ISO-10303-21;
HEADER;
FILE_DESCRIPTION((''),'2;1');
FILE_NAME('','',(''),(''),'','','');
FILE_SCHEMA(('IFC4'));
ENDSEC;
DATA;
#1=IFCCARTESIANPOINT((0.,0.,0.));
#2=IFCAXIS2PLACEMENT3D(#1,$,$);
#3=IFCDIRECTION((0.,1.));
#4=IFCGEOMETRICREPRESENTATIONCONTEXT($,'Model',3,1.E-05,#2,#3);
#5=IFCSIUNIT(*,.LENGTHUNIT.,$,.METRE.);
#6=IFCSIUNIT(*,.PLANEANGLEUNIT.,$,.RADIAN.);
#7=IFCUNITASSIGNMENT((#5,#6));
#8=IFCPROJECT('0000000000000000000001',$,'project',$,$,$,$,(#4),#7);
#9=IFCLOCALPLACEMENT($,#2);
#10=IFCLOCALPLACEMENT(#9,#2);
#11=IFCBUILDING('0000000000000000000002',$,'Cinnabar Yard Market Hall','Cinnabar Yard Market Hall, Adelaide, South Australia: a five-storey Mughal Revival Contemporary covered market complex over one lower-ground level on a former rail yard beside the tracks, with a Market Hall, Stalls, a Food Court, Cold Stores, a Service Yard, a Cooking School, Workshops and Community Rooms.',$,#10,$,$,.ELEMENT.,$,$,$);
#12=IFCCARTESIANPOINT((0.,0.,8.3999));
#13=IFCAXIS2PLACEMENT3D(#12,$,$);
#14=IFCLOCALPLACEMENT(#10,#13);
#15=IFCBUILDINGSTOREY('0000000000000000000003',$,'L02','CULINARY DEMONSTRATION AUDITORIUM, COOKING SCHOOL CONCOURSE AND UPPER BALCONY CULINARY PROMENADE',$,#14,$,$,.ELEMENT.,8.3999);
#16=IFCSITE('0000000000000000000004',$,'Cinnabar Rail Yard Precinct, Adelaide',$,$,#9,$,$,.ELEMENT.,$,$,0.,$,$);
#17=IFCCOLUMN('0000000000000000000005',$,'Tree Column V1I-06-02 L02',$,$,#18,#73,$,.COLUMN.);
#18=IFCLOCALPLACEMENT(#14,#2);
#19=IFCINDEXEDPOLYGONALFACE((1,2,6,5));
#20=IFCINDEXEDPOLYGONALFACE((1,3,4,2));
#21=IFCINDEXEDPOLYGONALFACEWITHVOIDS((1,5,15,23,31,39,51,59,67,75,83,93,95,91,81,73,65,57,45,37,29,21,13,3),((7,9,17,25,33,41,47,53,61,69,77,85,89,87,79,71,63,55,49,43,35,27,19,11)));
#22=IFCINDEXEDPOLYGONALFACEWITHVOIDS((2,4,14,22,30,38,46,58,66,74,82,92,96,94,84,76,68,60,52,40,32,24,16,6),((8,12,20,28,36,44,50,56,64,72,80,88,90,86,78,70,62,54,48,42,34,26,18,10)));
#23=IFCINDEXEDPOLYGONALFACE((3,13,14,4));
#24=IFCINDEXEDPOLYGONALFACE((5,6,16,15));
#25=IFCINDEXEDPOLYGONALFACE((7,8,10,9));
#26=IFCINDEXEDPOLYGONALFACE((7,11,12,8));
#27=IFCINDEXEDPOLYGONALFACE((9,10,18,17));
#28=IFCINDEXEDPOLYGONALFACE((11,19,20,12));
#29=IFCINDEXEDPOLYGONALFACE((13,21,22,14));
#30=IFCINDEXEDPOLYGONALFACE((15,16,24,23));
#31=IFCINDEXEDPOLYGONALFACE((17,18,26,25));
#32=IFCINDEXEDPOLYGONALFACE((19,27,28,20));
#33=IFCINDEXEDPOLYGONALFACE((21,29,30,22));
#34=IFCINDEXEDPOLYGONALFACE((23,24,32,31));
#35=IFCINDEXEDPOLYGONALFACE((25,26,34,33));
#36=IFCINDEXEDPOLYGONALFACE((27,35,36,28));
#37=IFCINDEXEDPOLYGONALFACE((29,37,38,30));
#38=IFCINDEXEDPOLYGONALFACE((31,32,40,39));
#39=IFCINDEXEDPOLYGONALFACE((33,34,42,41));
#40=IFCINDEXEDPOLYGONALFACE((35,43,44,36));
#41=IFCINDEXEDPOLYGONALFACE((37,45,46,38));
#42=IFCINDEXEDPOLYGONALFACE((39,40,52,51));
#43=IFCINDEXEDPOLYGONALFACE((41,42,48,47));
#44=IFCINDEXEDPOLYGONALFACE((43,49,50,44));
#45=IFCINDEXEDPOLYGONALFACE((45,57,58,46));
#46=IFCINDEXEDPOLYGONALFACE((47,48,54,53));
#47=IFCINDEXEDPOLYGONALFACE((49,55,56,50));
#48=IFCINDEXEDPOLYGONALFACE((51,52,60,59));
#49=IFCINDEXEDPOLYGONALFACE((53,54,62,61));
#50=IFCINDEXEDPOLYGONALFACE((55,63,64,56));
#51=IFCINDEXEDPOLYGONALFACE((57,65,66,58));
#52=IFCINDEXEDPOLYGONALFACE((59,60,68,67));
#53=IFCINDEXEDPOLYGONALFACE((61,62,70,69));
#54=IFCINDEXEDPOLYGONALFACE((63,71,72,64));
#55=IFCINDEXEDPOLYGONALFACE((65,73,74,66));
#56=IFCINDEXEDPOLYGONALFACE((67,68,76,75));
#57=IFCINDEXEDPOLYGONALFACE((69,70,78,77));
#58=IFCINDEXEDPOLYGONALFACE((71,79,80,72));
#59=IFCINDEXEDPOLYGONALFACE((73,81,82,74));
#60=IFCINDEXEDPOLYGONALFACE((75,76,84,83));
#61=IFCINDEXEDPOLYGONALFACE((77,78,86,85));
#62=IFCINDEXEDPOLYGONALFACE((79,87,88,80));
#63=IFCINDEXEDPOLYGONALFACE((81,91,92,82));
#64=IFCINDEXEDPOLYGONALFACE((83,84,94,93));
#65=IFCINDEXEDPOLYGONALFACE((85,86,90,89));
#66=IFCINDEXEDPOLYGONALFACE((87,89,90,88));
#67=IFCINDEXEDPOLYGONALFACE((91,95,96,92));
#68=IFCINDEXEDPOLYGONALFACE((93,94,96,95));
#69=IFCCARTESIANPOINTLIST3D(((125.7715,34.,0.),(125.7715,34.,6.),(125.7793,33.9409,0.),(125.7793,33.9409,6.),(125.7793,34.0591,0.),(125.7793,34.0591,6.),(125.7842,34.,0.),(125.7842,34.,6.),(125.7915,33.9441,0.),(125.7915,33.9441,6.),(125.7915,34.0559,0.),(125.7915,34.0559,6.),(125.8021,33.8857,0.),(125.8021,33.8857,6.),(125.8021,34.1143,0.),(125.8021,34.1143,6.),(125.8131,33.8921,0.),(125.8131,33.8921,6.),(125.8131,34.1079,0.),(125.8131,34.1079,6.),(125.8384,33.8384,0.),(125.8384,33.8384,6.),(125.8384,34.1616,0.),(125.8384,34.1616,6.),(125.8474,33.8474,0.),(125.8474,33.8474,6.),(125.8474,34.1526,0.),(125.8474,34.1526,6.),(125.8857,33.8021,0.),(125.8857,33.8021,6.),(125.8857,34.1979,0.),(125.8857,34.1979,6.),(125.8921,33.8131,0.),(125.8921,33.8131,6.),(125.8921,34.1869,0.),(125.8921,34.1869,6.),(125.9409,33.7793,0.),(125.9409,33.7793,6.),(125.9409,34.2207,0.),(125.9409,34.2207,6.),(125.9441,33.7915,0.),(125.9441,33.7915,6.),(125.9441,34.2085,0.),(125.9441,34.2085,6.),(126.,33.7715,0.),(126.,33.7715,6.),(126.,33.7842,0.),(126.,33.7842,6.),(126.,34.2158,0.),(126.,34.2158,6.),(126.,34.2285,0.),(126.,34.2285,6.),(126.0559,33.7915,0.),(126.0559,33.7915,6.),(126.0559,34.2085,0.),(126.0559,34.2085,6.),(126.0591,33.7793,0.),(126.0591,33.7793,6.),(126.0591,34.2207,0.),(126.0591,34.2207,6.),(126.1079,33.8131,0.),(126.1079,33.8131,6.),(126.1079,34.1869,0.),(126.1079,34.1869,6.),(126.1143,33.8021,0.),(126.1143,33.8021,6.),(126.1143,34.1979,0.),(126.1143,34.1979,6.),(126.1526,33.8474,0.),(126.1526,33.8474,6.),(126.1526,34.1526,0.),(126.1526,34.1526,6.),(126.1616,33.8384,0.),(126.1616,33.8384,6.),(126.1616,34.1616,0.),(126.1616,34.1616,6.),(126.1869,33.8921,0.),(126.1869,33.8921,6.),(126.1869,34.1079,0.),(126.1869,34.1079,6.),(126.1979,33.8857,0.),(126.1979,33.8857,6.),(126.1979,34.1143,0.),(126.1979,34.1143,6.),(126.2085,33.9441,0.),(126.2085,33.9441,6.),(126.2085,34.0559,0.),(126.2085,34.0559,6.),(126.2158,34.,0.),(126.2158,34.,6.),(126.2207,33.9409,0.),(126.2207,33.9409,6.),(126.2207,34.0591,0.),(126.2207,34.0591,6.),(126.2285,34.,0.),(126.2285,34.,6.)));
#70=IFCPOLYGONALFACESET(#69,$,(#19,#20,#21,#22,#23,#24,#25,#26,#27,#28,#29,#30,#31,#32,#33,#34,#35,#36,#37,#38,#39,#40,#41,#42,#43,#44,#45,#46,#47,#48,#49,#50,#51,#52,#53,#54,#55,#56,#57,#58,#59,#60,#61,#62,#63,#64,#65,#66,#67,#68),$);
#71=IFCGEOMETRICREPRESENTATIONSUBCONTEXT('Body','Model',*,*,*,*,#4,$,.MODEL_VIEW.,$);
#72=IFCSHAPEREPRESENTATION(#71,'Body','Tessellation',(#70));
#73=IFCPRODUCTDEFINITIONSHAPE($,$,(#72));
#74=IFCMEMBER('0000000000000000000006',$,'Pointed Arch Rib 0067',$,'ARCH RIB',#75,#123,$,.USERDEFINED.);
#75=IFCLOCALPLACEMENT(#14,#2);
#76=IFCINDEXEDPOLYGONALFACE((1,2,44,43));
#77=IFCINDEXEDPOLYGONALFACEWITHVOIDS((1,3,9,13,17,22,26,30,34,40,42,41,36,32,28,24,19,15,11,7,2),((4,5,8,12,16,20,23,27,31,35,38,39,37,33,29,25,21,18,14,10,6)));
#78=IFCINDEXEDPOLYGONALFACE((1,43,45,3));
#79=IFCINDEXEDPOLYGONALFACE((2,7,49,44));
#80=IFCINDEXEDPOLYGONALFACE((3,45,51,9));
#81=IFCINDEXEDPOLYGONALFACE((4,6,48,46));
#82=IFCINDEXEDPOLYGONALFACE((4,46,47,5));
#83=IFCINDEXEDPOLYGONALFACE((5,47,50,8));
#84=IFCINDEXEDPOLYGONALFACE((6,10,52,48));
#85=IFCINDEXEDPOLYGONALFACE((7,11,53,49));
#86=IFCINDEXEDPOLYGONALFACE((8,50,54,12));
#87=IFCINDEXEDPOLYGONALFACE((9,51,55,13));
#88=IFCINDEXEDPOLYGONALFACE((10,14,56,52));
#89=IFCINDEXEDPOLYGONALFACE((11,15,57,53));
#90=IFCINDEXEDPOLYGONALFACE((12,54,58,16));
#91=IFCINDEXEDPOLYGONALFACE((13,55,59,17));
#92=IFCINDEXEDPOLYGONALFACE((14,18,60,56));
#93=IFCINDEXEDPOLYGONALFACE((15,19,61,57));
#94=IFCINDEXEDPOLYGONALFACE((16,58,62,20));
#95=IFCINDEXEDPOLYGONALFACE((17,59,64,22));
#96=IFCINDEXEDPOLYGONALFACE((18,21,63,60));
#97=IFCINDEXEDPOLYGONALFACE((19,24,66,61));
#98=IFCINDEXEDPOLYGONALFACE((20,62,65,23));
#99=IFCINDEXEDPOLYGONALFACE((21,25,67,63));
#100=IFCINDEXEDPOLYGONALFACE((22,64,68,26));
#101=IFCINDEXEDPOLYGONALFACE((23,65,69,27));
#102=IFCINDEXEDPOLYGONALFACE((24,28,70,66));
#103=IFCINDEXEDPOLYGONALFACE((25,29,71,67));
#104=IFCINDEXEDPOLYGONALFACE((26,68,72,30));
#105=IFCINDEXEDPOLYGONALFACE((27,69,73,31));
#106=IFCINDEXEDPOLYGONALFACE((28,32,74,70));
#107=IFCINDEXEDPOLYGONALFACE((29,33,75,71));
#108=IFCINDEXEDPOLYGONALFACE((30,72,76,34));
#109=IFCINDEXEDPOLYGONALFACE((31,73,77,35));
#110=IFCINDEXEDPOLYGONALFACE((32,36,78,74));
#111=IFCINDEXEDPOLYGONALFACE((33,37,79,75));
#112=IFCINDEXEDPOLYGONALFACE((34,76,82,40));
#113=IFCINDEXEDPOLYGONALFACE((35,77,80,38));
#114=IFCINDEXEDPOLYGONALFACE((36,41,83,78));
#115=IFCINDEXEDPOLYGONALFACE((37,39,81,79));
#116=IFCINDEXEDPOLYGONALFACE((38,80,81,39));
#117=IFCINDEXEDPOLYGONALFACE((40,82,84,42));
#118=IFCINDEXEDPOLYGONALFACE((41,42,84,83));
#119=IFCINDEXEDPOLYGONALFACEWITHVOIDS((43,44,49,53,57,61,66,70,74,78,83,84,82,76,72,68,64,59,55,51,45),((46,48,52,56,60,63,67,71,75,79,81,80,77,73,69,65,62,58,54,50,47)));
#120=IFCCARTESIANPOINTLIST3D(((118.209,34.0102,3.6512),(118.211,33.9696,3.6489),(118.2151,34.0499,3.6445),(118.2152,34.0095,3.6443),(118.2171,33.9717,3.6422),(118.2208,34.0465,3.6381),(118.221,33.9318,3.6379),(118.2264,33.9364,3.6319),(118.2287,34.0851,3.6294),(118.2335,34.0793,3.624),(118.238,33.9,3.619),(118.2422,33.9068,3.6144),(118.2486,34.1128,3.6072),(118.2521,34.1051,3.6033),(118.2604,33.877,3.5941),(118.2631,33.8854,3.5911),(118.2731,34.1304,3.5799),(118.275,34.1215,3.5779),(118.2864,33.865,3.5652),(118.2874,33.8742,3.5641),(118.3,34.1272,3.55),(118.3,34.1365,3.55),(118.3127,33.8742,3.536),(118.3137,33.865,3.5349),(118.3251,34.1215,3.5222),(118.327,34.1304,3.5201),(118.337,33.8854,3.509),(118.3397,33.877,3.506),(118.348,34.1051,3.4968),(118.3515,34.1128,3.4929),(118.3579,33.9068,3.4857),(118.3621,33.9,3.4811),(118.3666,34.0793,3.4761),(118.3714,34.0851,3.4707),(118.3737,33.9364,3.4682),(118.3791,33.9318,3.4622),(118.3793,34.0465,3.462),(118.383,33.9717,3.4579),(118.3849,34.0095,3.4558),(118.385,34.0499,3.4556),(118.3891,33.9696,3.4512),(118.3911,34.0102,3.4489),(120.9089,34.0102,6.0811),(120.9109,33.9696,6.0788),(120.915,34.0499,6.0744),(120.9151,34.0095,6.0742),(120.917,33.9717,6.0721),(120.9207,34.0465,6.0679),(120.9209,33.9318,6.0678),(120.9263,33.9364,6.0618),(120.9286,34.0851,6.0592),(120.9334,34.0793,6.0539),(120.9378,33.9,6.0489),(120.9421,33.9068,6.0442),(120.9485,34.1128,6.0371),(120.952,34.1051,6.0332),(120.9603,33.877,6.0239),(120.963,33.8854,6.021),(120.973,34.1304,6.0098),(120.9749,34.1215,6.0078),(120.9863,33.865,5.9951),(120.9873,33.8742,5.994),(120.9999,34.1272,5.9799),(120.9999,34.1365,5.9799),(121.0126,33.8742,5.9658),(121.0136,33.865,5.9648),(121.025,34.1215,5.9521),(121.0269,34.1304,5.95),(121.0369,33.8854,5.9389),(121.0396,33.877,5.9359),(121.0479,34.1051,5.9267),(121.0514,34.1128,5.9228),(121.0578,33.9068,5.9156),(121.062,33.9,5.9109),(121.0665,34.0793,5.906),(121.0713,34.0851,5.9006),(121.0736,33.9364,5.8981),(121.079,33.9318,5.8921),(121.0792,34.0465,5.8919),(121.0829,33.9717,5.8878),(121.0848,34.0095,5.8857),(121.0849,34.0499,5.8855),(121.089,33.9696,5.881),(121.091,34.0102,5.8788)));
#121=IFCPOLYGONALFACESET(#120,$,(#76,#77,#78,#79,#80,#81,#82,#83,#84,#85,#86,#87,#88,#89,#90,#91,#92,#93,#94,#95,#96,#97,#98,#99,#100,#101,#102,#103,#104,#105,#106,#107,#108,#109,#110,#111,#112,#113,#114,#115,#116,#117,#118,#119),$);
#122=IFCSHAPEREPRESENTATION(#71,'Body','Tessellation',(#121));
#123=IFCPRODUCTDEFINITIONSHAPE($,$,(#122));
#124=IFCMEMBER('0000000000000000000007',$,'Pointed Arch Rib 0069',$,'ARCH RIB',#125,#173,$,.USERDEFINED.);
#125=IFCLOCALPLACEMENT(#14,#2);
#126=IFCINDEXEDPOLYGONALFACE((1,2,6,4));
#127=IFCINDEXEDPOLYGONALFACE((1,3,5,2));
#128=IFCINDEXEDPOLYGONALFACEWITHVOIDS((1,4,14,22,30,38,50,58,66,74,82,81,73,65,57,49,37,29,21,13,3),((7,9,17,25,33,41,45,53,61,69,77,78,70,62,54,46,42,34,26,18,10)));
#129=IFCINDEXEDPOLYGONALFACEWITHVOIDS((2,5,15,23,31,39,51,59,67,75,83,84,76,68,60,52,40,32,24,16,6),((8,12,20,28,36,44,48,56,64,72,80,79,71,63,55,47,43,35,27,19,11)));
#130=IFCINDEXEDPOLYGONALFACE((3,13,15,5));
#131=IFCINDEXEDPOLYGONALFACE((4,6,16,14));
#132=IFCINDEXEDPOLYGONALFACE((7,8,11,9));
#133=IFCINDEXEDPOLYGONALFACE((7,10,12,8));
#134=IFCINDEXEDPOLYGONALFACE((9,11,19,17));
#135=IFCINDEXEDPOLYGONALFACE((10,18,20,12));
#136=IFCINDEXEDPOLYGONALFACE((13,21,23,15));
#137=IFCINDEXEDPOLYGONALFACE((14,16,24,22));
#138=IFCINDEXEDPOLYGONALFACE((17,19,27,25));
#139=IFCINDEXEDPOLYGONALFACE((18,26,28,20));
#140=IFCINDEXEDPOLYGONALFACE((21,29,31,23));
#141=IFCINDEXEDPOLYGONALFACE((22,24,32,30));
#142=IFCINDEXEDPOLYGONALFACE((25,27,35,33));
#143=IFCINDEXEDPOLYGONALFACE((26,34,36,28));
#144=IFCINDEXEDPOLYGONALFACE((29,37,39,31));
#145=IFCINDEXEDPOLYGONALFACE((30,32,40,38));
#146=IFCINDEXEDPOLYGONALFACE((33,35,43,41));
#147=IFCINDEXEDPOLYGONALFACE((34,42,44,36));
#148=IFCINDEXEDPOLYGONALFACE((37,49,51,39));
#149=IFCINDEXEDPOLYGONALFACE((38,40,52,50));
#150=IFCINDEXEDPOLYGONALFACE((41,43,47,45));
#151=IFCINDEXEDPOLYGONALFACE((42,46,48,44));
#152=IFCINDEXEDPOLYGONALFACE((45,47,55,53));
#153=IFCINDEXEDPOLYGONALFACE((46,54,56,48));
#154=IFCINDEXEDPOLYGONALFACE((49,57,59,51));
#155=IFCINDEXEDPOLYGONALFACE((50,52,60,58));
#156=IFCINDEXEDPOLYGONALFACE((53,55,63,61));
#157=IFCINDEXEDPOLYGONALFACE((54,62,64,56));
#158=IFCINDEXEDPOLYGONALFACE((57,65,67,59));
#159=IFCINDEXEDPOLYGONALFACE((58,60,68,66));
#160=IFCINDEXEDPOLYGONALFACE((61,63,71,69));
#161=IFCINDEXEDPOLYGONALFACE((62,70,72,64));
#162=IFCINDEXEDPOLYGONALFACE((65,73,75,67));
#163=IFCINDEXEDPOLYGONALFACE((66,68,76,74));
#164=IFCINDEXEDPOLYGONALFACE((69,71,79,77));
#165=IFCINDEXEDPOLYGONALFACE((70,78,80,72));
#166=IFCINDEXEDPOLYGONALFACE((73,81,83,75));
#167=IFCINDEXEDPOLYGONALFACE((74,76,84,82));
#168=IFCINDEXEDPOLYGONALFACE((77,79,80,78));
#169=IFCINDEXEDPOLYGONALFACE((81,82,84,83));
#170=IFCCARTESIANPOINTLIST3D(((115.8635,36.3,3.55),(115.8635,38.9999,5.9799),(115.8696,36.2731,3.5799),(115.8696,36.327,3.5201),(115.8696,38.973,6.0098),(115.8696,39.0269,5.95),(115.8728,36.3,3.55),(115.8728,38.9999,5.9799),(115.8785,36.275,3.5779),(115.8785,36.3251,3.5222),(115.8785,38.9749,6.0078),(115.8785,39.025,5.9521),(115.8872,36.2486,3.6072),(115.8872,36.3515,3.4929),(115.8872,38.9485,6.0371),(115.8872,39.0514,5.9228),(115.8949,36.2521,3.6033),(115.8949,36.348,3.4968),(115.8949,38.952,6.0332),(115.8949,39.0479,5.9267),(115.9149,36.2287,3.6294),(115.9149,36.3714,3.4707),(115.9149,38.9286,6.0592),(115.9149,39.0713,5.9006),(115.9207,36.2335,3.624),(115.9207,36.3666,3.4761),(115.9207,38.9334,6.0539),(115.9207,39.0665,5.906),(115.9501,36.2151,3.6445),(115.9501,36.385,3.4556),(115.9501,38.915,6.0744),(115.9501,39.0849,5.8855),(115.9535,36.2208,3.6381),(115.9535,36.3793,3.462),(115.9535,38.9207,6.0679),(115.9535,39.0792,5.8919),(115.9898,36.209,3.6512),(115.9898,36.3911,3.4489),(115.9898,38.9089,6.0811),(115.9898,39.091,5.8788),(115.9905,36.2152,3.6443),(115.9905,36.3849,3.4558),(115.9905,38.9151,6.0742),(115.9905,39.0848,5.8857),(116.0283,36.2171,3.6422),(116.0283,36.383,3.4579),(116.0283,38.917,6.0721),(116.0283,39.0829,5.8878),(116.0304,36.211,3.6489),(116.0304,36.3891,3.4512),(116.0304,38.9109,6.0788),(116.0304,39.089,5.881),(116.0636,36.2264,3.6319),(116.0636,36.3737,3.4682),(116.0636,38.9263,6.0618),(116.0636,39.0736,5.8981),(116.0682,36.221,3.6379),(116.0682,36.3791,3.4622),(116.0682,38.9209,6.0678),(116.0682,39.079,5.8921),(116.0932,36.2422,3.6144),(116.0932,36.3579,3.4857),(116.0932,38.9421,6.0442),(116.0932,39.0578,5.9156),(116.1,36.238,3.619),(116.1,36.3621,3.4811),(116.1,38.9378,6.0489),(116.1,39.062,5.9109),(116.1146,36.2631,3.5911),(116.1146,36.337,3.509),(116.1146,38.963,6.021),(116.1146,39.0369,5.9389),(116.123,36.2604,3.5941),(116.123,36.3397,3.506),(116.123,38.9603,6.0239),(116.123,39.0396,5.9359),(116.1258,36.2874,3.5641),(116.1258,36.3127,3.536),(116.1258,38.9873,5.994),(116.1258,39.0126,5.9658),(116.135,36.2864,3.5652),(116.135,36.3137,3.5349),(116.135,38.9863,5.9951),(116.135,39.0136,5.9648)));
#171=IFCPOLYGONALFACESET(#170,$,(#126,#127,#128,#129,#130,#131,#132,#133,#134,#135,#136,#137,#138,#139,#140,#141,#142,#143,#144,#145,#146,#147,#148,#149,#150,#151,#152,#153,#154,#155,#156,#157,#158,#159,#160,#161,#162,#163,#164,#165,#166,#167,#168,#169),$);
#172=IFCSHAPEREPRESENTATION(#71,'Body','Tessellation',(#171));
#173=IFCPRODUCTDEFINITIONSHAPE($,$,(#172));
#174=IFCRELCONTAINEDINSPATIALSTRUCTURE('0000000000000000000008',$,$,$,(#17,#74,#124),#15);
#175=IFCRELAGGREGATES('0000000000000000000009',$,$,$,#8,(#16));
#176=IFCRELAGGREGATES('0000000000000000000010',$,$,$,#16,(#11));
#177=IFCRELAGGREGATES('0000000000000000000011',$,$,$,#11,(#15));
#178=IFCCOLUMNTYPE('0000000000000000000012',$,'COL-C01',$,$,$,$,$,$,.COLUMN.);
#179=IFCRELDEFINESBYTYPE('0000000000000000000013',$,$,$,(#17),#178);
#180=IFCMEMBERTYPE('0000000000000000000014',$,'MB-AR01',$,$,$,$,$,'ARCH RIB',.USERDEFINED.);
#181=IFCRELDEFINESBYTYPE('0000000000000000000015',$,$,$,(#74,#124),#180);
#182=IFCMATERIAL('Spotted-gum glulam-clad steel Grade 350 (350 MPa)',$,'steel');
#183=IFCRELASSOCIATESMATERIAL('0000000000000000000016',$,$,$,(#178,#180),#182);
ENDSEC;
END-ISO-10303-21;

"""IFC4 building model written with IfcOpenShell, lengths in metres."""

from ifc_helpers import new_model, si_unit, direction, frame, origin, origin_2d_with_axis, place, context, subcontext, project, spatial, hollow_circle, extrude, material, material_profile, profile_set, type_object, element, save


model = new_model("IFC4")

# Units and contexts
model_context = context("Model", 3, precision=1e-05, world=origin(), true_north=direction((0.0, 1.0)))
body_context = subcontext(model_context, "Body", "Model", "MODEL_VIEW")
ifc_project = project(units=[si_unit("LENGTHUNIT", "METRE"), si_unit("PLANEANGLEUNIT", "RADIAN")], contexts=[model_context])

# Site, building, storey
site_placement = place(None, origin())
site = spatial("IfcSite", under=ifc_project, at=site_placement, Name="Cinnabar Rail Yard Precinct, Adelaide", CompositionType="ELEMENT", RefElevation=0.0)
building_placement = place(site_placement, origin())
building = spatial("IfcBuilding", under=site, at=building_placement, Name="Cinnabar Yard Market Hall", Description="Cinnabar Yard Market Hall, Adelaide, South Australia: a five-storey Mughal Revival Contemporary covered market complex over one lower-ground level on a former rail yard beside the tracks, with a Market Hall, Stalls, a Food Court, Cold Stores, a Service Yard, a Cooking School, Workshops and Community Rooms.", CompositionType="ELEMENT")
storey_placement = place(building_placement, frame((0.0, 0.0, 8.3999)))
storey = spatial("IfcBuildingStorey", under=building, at=storey_placement, Name="L02", Description="CULINARY DEMONSTRATION AUDITORIUM, COOKING SCHOOL CONCOURSE AND UPPER BALCONY CULINARY PROMENADE", CompositionType="ELEMENT", Elevation=8.3999)

# Column
ifc_material_1 = material(Name="Spotted-gum glulam-clad steel Grade 350 (350 MPa)", Category="steel")
ifc_material_profile_1 = material_profile(ifc_material_1, hollow_circle(Radius=0.2285, WallThickness=0.0127, at=origin_2d_with_axis()), Name="457.0x12.7CHS")
ifc_profile_set_1 = profile_set([ifc_material_profile_1], Name="Spotted-gum glulam-clad steel Grade 350 (350 MPa)")
column_type = type_object("IfcColumnType", Name="COL-C01", PredefinedType="COLUMN", material=ifc_profile_set_1)
column_placement = place(storey_placement, frame((126.0, 34.0, 0.0), z_axis=(0.0, 0.0, 1.0), x_axis=(1.0, 0.0, 0.0)))
element("IfcColumn", 1, at=column_placement, inside=storey, type_object=column_type, Name="Tree Column V1I-06-02 L02", PredefinedType="COLUMN", context=body_context, shape_type="SweptSolid", body=[
    extrude(hollow_circle(Radius=0.2285, WallThickness=0.0127, at=origin_2d_with_axis()), origin(), (0.0, 0.0, 1.0), 6.0),
])

# Members
ifc_material_profile_2 = material_profile(ifc_material_1, hollow_circle(Radius=0.1365, WallThickness=0.0093, at=origin_2d_with_axis()), Name="273.1x9.3CHS")
ifc_profile_set_2 = profile_set([ifc_material_profile_2], Name="Spotted-gum glulam-clad steel Grade 350 (350 MPa)")
member_type_1 = type_object("IfcMemberType", Name="MB-AR01", ElementType="ARCH RIB", PredefinedType="USERDEFINED", material=ifc_profile_set_2)
for number, where, z_axis, x_axis, name in (
    (2, (118.3, 34.0, 3.55), (0.743297, 0.0, 0.668961), (0.0, 1.0, 0.0), "Pointed Arch Rib 0067"),
    (3, (116.0, 36.3, 3.55), (0.0, 0.743297, 0.668961), (-1.0, 0.0, 0.0), "Pointed Arch Rib 0069"),
):
    element("IfcMember", number, at=place(storey_placement, frame(where, z_axis=z_axis, x_axis=x_axis)), inside=storey, type_object=member_type_1, Name=name, ObjectType="ARCH RIB", PredefinedType="USERDEFINED", context=body_context, shape_type="SweptSolid", body=[
        extrude(hollow_circle(Radius=0.1365, WallThickness=0.0093, at=origin_2d_with_axis()), origin(), (0.0, 0.0, 1.0), 3.6323),
    ])

save(model, "model.ifc")
